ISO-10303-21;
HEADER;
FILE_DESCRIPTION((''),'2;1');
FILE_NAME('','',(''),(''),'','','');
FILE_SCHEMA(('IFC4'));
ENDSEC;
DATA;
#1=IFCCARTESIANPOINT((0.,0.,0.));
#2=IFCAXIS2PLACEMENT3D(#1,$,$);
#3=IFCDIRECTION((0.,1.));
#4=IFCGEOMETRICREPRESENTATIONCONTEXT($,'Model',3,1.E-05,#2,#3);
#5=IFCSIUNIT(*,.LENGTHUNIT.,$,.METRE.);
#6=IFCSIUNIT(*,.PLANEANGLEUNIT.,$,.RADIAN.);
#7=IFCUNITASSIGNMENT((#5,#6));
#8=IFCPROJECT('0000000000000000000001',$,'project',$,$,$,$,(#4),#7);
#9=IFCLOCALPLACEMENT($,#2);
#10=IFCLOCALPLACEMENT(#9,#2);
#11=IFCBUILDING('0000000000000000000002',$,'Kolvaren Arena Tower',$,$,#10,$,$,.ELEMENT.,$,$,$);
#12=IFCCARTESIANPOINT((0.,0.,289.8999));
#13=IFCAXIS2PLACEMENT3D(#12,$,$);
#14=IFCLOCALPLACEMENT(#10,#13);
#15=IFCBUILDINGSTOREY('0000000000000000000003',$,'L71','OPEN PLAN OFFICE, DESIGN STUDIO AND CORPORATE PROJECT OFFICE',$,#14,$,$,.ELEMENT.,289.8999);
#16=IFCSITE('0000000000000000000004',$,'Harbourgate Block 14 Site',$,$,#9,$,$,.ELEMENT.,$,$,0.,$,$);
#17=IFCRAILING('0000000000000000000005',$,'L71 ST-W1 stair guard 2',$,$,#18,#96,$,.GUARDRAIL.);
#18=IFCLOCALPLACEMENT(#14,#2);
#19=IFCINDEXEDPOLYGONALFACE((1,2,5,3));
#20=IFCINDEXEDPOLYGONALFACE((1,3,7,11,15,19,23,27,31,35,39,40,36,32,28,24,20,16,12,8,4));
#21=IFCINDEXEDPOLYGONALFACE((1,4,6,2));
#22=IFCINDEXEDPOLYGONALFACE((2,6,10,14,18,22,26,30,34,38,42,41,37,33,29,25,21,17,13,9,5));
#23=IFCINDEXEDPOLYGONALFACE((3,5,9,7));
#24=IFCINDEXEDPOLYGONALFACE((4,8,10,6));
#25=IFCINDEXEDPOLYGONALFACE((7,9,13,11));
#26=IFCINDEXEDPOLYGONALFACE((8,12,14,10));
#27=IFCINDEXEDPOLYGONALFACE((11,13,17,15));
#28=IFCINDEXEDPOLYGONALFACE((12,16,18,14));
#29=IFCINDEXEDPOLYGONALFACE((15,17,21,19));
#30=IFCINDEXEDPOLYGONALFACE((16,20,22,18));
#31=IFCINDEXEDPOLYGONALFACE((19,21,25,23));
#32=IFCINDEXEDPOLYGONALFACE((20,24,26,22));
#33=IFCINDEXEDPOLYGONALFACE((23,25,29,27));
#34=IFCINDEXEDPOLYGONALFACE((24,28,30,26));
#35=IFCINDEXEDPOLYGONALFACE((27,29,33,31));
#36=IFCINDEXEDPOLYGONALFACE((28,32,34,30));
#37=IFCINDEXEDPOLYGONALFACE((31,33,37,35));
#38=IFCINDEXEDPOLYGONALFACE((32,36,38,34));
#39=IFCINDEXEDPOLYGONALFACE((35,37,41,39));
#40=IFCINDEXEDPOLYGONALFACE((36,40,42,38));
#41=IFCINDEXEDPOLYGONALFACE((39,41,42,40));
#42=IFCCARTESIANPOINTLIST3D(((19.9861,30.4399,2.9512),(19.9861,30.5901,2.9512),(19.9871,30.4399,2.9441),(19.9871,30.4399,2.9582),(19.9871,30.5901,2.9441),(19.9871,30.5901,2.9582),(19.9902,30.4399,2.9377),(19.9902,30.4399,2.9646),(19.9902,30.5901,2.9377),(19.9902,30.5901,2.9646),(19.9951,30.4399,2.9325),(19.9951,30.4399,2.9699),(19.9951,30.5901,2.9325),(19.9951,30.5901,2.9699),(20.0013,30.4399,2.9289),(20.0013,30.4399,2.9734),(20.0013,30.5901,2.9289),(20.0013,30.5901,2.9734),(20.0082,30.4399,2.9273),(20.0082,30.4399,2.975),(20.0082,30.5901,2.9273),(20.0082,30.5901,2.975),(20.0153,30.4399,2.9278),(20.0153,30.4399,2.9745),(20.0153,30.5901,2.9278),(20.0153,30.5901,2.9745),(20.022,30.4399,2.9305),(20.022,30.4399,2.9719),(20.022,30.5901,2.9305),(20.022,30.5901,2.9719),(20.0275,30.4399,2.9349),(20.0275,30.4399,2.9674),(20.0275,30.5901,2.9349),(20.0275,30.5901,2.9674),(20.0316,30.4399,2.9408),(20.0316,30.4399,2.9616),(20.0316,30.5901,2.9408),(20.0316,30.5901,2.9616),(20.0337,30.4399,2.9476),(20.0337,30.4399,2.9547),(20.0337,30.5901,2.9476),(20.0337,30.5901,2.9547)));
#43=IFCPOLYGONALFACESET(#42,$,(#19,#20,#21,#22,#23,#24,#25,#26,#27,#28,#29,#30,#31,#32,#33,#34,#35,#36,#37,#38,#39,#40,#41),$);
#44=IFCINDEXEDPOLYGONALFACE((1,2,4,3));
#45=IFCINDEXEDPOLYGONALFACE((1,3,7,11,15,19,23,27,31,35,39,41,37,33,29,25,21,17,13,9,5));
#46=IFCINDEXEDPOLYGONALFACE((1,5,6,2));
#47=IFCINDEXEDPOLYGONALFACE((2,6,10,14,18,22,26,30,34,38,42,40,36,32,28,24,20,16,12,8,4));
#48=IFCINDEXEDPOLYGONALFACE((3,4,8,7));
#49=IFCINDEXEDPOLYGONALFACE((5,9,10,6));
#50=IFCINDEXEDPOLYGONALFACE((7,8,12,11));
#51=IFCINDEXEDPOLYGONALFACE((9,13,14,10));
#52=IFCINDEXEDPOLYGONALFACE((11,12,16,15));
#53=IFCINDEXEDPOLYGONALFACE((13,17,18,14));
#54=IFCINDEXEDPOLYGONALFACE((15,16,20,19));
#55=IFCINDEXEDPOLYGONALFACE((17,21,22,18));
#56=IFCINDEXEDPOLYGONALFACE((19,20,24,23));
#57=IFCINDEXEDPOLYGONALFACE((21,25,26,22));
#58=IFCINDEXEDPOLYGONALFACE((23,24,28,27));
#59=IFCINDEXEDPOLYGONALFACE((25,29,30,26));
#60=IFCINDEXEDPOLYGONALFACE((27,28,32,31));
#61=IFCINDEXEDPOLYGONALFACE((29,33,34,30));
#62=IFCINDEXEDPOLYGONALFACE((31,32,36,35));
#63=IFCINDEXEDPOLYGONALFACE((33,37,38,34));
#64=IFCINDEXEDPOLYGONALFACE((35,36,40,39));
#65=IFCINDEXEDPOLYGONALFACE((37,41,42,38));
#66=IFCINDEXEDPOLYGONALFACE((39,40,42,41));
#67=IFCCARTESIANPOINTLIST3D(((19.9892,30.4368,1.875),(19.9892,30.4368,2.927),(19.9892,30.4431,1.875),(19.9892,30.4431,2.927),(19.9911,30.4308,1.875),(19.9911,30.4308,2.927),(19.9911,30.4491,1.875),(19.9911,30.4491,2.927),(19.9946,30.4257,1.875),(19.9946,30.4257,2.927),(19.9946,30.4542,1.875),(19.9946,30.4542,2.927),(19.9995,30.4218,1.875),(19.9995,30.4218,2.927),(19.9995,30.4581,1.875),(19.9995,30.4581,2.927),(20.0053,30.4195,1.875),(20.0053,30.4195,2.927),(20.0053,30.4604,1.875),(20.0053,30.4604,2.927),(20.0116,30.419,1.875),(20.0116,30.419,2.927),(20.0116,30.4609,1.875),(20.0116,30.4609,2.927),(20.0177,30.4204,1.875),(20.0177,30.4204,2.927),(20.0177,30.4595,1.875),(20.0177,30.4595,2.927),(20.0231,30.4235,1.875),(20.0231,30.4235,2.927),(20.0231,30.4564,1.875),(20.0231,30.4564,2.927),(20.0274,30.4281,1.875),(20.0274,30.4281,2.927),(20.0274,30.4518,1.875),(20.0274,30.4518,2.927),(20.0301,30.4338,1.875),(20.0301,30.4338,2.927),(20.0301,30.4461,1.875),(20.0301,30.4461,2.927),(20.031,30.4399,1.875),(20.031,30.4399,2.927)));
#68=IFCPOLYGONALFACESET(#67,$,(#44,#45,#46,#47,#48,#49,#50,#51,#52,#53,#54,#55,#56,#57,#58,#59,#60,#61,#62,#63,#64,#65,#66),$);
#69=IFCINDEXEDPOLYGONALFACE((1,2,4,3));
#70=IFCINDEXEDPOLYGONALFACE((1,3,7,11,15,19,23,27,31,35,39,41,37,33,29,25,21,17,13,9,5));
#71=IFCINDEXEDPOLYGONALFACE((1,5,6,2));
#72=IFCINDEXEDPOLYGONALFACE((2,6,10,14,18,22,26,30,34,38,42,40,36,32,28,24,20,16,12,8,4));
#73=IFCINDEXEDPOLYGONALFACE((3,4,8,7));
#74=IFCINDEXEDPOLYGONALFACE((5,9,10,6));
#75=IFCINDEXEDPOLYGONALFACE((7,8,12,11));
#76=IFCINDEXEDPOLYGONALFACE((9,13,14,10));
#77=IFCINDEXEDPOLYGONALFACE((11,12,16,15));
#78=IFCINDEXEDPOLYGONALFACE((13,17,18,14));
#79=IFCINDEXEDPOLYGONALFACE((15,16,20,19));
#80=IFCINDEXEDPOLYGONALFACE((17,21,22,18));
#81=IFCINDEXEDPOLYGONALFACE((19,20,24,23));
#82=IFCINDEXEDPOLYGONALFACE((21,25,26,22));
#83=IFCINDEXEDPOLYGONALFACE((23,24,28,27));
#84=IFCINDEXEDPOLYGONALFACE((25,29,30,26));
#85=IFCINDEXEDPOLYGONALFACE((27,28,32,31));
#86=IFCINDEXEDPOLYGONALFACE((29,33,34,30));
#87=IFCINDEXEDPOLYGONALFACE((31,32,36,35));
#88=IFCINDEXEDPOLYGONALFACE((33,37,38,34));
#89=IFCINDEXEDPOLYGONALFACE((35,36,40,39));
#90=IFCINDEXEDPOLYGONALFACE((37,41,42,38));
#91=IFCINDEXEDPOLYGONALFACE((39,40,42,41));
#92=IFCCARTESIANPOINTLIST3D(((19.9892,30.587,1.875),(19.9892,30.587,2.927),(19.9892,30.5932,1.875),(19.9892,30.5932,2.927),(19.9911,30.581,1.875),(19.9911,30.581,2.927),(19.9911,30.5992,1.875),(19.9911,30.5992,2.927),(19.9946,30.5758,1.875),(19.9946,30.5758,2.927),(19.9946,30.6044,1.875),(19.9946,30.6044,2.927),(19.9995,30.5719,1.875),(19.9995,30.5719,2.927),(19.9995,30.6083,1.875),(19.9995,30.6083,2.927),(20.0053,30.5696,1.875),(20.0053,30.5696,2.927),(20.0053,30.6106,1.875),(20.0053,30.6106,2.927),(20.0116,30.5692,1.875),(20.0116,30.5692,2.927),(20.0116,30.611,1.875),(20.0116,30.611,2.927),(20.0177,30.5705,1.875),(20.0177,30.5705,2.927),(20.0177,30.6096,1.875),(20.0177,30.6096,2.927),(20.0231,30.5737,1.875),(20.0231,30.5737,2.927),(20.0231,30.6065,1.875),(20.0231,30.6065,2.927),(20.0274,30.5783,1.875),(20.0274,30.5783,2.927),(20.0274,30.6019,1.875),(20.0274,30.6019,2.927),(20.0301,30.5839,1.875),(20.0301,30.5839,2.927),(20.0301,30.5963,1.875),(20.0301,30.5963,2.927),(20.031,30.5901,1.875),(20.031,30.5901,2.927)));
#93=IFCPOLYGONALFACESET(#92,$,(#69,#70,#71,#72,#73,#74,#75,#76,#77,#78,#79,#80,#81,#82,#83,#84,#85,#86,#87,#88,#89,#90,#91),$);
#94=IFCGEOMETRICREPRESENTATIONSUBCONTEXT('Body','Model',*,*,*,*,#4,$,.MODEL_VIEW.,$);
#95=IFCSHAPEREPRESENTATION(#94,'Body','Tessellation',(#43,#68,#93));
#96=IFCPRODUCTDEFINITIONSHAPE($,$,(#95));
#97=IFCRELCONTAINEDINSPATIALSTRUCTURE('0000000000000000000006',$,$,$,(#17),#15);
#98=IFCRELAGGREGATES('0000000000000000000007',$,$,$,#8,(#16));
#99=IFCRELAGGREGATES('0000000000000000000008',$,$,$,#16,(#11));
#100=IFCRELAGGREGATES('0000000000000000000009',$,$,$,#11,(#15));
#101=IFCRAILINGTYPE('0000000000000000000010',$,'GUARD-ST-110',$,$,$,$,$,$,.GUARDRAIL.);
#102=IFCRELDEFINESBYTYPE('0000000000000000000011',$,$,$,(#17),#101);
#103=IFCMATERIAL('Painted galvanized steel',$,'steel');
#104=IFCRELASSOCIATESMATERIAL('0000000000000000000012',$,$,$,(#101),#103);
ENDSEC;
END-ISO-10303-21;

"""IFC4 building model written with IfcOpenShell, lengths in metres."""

from ifc_helpers import new_model, si_unit, direction, frame, origin, origin_2d, place, context, subcontext, project, spatial, circle, extrude, material, type_object, element, save


model = new_model("IFC4")

# Units and contexts
model_context = context("Model", 3, precision=1e-05, world=origin(), true_north=direction((0.0, 1.0)))
body_context = subcontext(model_context, "Body", "Model", "MODEL_VIEW")
ifc_project = project(units=[si_unit("LENGTHUNIT", "METRE"), si_unit("PLANEANGLEUNIT", "RADIAN")], contexts=[model_context])

# Site, building, storey
site_placement = place(None, origin())
site = spatial("IfcSite", under=ifc_project, at=site_placement, Name="Harbourgate Block 14 Site", CompositionType="ELEMENT", RefElevation=0.0)
building_placement = place(site_placement, origin())
building = spatial("IfcBuilding", under=site, at=building_placement, Name="Kolvaren Arena Tower", CompositionType="ELEMENT")
storey_placement = place(building_placement, frame((0.0, 0.0, 289.8999)))
storey = spatial("IfcBuildingStorey", under=building, at=storey_placement, Name="L71", Description="OPEN PLAN OFFICE, DESIGN STUDIO AND CORPORATE PROJECT OFFICE", CompositionType="ELEMENT", Elevation=289.8999)

# Railing
ifc_material_1 = material(Name="Painted galvanized steel", Category="steel")
railing_type_1 = type_object("IfcRailingType", Name="GUARD-ST-110", PredefinedType="GUARDRAIL", material=ifc_material_1)
railing_1_placement = place(storey_placement, frame((20.01, 30.4399, 1.875)))
element("IfcRailing", 1, at=railing_1_placement, inside=storey, type_object=railing_type_1, Name="L71 ST-W1 stair guard 2", PredefinedType="GUARDRAIL", context=body_context, shape_type="SweptSolid", body=[
    extrude(circle(Radius=0.0239, at=origin_2d()), frame((0.0, 0.0, 1.0762), z_axis=(0.0, 1.0, 0.0), x_axis=(-1.0, 0.0, 0.0)), (0.0, 0.0, 1.0), 0.1501),
    extrude(circle(Radius=0.021, at=origin_2d()), origin(), (0.0, 0.0, 1.0), 1.052),
    extrude(circle(Radius=0.021, at=origin_2d()), frame((0.0, 0.1501, 0.0)), (0.0, 0.0, 1.0), 1.052),
])

save(model, "model.ifc")
